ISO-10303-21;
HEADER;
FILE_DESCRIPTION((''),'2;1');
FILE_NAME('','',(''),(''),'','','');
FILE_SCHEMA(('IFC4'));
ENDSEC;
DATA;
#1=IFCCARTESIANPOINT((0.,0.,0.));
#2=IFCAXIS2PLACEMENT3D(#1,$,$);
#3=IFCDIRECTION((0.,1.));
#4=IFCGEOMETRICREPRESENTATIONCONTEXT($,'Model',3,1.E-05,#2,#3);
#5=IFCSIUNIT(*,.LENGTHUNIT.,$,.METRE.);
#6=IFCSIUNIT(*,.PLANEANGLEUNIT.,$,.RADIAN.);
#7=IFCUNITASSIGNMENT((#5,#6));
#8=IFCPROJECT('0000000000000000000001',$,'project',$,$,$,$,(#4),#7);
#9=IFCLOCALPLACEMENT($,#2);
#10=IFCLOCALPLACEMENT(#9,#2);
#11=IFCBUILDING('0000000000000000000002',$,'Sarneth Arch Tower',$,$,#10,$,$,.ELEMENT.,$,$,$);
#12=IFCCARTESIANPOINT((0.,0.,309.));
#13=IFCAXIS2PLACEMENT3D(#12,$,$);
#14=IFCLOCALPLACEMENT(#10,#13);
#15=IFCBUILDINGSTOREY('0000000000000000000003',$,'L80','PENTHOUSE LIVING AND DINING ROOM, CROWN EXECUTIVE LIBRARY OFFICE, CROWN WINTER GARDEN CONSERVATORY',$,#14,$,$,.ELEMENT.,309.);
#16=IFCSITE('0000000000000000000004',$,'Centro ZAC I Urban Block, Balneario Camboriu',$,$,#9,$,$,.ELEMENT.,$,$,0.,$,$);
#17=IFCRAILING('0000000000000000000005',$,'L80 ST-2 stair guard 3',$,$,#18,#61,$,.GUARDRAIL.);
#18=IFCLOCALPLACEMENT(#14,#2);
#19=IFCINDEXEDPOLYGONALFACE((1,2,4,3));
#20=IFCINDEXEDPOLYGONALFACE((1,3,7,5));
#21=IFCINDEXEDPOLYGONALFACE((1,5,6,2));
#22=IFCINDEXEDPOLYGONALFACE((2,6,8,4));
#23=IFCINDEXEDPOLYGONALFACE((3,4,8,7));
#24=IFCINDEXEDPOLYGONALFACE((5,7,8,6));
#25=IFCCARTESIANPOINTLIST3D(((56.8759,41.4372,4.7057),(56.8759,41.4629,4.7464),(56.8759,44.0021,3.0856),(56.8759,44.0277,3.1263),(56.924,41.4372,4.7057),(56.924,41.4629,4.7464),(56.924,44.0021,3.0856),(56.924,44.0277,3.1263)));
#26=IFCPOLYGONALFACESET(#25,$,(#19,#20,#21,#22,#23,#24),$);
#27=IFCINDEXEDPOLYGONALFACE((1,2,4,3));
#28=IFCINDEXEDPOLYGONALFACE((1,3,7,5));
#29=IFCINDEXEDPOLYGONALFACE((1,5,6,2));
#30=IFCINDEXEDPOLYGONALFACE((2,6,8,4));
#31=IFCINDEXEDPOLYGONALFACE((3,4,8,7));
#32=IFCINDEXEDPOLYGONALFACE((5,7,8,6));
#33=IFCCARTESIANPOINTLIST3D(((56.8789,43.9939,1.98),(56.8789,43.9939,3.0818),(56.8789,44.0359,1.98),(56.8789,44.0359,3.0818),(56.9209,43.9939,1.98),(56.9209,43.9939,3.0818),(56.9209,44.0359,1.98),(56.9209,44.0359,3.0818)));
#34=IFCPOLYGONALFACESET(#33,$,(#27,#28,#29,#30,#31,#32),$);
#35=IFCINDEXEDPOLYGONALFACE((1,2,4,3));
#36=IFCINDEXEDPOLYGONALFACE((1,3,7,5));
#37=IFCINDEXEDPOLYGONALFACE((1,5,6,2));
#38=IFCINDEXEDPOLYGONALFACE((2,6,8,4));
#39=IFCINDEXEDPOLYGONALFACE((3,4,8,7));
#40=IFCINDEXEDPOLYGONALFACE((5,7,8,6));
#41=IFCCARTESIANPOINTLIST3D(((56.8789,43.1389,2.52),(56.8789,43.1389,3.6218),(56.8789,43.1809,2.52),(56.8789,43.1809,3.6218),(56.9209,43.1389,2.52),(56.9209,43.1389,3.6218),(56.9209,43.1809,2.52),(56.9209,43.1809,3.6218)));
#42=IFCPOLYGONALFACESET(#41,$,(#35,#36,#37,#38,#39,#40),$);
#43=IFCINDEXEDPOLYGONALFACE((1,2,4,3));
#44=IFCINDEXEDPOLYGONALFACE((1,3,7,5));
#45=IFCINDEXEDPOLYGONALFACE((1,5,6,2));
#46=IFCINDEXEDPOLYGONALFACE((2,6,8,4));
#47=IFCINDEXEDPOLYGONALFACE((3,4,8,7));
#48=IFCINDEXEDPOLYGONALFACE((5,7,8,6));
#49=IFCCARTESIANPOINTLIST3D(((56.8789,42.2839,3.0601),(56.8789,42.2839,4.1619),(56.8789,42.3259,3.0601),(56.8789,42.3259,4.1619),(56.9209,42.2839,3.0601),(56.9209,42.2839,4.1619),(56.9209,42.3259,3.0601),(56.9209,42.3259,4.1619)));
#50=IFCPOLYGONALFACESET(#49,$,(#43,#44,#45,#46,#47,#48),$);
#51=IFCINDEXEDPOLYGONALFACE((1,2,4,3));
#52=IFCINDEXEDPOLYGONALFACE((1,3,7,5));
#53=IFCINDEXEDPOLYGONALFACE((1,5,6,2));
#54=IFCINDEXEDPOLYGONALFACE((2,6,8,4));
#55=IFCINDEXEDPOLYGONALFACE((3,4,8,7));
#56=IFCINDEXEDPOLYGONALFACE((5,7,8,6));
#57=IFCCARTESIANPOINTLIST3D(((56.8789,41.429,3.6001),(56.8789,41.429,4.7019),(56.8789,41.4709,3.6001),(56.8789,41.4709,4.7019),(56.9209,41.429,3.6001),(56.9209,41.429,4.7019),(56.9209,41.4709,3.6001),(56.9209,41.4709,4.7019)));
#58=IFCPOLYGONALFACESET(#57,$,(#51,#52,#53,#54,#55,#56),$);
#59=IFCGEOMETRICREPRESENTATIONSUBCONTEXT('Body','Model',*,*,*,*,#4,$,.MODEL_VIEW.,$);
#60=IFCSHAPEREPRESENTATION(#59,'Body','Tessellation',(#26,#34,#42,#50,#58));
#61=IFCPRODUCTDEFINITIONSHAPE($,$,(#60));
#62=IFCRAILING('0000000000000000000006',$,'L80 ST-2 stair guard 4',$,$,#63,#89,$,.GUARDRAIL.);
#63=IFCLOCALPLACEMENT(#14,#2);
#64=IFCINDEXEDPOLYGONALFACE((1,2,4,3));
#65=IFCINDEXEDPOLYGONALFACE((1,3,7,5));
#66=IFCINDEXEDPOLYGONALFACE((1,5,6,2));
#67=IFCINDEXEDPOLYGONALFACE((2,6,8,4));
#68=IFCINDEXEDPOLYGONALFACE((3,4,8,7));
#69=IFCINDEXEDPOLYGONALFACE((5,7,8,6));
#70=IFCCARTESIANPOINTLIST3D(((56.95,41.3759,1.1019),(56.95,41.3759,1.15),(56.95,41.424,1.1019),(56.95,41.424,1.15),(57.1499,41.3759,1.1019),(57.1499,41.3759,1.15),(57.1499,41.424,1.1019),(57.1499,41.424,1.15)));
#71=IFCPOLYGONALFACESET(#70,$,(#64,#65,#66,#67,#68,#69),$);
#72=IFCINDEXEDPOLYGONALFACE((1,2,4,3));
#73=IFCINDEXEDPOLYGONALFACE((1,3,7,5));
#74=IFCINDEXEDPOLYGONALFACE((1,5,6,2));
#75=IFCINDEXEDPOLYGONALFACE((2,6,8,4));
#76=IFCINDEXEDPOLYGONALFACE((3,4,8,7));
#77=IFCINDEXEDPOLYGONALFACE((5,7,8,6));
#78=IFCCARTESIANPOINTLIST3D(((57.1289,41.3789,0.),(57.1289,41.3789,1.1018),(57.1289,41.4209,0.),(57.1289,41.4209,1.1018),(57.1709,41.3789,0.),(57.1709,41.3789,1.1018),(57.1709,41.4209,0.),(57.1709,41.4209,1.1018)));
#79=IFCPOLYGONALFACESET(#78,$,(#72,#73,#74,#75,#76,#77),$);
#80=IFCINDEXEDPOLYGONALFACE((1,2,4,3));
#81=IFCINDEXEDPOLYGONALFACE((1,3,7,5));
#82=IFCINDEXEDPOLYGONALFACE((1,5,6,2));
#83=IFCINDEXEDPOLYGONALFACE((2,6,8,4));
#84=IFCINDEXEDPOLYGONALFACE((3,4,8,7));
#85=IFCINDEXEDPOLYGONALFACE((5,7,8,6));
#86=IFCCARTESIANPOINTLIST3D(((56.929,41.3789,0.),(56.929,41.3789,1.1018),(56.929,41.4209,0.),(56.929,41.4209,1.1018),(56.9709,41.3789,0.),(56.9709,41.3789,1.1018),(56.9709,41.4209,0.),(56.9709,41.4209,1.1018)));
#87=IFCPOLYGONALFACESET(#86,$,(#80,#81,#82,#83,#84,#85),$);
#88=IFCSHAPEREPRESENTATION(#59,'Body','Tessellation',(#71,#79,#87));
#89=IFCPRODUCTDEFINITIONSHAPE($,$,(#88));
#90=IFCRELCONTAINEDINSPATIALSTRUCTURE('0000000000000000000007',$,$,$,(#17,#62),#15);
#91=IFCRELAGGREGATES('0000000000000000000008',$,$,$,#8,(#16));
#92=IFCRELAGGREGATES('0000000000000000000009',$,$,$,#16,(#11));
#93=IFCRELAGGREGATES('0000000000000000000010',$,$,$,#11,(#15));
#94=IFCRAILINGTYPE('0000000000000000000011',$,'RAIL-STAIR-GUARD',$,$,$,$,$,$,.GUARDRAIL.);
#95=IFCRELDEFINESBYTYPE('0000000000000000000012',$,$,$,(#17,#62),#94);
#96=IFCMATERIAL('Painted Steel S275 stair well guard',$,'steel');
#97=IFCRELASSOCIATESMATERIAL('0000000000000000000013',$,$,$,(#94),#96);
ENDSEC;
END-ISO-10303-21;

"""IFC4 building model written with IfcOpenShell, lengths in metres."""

from ifc_helpers import new_model, si_unit, direction, frame, origin, origin_2d, place, context, subcontext, project, spatial, rectangle, extrude, material, type_object, element, save


model = new_model("IFC4")

# Units and contexts
model_context = context("Model", 3, precision=1e-05, world=origin(), true_north=direction((0.0, 1.0)))
body_context = subcontext(model_context, "Body", "Model", "MODEL_VIEW")
ifc_project = project(units=[si_unit("LENGTHUNIT", "METRE"), si_unit("PLANEANGLEUNIT", "RADIAN")], contexts=[model_context])

# Site, building, storey
site_placement = place(None, origin())
site = spatial("IfcSite", under=ifc_project, at=site_placement, Name="Centro ZAC I Urban Block, Balneario Camboriu", CompositionType="ELEMENT", RefElevation=0.0)
building_placement = place(site_placement, origin())
building = spatial("IfcBuilding", under=site, at=building_placement, Name="Sarneth Arch Tower", CompositionType="ELEMENT")
storey_placement = place(building_placement, frame((0.0, 0.0, 309.0)))
storey = spatial("IfcBuildingStorey", under=building, at=storey_placement, Name="L80", Description="PENTHOUSE LIVING AND DINING ROOM, CROWN EXECUTIVE LIBRARY OFFICE, CROWN WINTER GARDEN CONSERVATORY", CompositionType="ELEMENT", Elevation=309.0)

# Railings
ifc_material_1 = material(Name="Painted Steel S275 stair well guard", Category="steel")
railing_type_1 = type_object("IfcRailingType", Name="RAIL-STAIR-GUARD", PredefinedType="GUARDRAIL", material=ifc_material_1)
railing_1_placement = place(storey_placement, frame((56.8999, 44.0149, 1.98)))
element("IfcRailing", 1, at=railing_1_placement, inside=storey, type_object=railing_type_1, Name="L80 ST-2 stair guard 3", PredefinedType="GUARDRAIL", context=body_context, shape_type="SweptSolid", body=[
    extrude(rectangle(XDim=0.0481, YDim=0.0481, at=origin_2d()), frame((0.0, 0.0, 1.126), z_axis=(0.0, -0.845466, 0.534029), x_axis=(1.0, 0.0, 0.0)), (0.0, 0.0, 1.0), 3.0337),
    extrude(rectangle(XDim=0.042, YDim=0.042, at=origin_2d()), origin(), (0.0, 0.0, 1.0), 1.1018),
    extrude(rectangle(XDim=0.042, YDim=0.042, at=origin_2d()), frame((0.0, -0.855, 0.54)), (0.0, 0.0, 1.0), 1.1018),
    extrude(rectangle(XDim=0.042, YDim=0.042, at=origin_2d()), frame((0.0, -1.71, 1.0801)), (0.0, 0.0, 1.0), 1.1018),
    extrude(rectangle(XDim=0.042, YDim=0.042, at=origin_2d()), frame((0.0, -2.5649, 1.6201)), (0.0, 0.0, 1.0), 1.1018),
])
railing_2_placement = place(storey_placement, frame((57.1499, 41.3999, 0.0)))
element("IfcRailing", 2, at=railing_2_placement, inside=storey, type_object=railing_type_1, Name="L80 ST-2 stair guard 4", PredefinedType="GUARDRAIL", context=body_context, shape_type="SweptSolid", body=[
    extrude(rectangle(XDim=0.0481, YDim=0.0481, at=origin_2d()), frame((0.0, 0.0, 1.126), z_axis=(-1.0, 0.0, 0.0), x_axis=(0.0, -1.0, 0.0)), (0.0, 0.0, 1.0), 0.2),
    extrude(rectangle(XDim=0.042, YDim=0.042, at=origin_2d()), origin(), (0.0, 0.0, 1.0), 1.1018),
    extrude(rectangle(XDim=0.042, YDim=0.042, at=origin_2d()), frame((-0.2, 0.0, 0.0)), (0.0, 0.0, 1.0), 1.1018),
])

save(model, "model.ifc")
